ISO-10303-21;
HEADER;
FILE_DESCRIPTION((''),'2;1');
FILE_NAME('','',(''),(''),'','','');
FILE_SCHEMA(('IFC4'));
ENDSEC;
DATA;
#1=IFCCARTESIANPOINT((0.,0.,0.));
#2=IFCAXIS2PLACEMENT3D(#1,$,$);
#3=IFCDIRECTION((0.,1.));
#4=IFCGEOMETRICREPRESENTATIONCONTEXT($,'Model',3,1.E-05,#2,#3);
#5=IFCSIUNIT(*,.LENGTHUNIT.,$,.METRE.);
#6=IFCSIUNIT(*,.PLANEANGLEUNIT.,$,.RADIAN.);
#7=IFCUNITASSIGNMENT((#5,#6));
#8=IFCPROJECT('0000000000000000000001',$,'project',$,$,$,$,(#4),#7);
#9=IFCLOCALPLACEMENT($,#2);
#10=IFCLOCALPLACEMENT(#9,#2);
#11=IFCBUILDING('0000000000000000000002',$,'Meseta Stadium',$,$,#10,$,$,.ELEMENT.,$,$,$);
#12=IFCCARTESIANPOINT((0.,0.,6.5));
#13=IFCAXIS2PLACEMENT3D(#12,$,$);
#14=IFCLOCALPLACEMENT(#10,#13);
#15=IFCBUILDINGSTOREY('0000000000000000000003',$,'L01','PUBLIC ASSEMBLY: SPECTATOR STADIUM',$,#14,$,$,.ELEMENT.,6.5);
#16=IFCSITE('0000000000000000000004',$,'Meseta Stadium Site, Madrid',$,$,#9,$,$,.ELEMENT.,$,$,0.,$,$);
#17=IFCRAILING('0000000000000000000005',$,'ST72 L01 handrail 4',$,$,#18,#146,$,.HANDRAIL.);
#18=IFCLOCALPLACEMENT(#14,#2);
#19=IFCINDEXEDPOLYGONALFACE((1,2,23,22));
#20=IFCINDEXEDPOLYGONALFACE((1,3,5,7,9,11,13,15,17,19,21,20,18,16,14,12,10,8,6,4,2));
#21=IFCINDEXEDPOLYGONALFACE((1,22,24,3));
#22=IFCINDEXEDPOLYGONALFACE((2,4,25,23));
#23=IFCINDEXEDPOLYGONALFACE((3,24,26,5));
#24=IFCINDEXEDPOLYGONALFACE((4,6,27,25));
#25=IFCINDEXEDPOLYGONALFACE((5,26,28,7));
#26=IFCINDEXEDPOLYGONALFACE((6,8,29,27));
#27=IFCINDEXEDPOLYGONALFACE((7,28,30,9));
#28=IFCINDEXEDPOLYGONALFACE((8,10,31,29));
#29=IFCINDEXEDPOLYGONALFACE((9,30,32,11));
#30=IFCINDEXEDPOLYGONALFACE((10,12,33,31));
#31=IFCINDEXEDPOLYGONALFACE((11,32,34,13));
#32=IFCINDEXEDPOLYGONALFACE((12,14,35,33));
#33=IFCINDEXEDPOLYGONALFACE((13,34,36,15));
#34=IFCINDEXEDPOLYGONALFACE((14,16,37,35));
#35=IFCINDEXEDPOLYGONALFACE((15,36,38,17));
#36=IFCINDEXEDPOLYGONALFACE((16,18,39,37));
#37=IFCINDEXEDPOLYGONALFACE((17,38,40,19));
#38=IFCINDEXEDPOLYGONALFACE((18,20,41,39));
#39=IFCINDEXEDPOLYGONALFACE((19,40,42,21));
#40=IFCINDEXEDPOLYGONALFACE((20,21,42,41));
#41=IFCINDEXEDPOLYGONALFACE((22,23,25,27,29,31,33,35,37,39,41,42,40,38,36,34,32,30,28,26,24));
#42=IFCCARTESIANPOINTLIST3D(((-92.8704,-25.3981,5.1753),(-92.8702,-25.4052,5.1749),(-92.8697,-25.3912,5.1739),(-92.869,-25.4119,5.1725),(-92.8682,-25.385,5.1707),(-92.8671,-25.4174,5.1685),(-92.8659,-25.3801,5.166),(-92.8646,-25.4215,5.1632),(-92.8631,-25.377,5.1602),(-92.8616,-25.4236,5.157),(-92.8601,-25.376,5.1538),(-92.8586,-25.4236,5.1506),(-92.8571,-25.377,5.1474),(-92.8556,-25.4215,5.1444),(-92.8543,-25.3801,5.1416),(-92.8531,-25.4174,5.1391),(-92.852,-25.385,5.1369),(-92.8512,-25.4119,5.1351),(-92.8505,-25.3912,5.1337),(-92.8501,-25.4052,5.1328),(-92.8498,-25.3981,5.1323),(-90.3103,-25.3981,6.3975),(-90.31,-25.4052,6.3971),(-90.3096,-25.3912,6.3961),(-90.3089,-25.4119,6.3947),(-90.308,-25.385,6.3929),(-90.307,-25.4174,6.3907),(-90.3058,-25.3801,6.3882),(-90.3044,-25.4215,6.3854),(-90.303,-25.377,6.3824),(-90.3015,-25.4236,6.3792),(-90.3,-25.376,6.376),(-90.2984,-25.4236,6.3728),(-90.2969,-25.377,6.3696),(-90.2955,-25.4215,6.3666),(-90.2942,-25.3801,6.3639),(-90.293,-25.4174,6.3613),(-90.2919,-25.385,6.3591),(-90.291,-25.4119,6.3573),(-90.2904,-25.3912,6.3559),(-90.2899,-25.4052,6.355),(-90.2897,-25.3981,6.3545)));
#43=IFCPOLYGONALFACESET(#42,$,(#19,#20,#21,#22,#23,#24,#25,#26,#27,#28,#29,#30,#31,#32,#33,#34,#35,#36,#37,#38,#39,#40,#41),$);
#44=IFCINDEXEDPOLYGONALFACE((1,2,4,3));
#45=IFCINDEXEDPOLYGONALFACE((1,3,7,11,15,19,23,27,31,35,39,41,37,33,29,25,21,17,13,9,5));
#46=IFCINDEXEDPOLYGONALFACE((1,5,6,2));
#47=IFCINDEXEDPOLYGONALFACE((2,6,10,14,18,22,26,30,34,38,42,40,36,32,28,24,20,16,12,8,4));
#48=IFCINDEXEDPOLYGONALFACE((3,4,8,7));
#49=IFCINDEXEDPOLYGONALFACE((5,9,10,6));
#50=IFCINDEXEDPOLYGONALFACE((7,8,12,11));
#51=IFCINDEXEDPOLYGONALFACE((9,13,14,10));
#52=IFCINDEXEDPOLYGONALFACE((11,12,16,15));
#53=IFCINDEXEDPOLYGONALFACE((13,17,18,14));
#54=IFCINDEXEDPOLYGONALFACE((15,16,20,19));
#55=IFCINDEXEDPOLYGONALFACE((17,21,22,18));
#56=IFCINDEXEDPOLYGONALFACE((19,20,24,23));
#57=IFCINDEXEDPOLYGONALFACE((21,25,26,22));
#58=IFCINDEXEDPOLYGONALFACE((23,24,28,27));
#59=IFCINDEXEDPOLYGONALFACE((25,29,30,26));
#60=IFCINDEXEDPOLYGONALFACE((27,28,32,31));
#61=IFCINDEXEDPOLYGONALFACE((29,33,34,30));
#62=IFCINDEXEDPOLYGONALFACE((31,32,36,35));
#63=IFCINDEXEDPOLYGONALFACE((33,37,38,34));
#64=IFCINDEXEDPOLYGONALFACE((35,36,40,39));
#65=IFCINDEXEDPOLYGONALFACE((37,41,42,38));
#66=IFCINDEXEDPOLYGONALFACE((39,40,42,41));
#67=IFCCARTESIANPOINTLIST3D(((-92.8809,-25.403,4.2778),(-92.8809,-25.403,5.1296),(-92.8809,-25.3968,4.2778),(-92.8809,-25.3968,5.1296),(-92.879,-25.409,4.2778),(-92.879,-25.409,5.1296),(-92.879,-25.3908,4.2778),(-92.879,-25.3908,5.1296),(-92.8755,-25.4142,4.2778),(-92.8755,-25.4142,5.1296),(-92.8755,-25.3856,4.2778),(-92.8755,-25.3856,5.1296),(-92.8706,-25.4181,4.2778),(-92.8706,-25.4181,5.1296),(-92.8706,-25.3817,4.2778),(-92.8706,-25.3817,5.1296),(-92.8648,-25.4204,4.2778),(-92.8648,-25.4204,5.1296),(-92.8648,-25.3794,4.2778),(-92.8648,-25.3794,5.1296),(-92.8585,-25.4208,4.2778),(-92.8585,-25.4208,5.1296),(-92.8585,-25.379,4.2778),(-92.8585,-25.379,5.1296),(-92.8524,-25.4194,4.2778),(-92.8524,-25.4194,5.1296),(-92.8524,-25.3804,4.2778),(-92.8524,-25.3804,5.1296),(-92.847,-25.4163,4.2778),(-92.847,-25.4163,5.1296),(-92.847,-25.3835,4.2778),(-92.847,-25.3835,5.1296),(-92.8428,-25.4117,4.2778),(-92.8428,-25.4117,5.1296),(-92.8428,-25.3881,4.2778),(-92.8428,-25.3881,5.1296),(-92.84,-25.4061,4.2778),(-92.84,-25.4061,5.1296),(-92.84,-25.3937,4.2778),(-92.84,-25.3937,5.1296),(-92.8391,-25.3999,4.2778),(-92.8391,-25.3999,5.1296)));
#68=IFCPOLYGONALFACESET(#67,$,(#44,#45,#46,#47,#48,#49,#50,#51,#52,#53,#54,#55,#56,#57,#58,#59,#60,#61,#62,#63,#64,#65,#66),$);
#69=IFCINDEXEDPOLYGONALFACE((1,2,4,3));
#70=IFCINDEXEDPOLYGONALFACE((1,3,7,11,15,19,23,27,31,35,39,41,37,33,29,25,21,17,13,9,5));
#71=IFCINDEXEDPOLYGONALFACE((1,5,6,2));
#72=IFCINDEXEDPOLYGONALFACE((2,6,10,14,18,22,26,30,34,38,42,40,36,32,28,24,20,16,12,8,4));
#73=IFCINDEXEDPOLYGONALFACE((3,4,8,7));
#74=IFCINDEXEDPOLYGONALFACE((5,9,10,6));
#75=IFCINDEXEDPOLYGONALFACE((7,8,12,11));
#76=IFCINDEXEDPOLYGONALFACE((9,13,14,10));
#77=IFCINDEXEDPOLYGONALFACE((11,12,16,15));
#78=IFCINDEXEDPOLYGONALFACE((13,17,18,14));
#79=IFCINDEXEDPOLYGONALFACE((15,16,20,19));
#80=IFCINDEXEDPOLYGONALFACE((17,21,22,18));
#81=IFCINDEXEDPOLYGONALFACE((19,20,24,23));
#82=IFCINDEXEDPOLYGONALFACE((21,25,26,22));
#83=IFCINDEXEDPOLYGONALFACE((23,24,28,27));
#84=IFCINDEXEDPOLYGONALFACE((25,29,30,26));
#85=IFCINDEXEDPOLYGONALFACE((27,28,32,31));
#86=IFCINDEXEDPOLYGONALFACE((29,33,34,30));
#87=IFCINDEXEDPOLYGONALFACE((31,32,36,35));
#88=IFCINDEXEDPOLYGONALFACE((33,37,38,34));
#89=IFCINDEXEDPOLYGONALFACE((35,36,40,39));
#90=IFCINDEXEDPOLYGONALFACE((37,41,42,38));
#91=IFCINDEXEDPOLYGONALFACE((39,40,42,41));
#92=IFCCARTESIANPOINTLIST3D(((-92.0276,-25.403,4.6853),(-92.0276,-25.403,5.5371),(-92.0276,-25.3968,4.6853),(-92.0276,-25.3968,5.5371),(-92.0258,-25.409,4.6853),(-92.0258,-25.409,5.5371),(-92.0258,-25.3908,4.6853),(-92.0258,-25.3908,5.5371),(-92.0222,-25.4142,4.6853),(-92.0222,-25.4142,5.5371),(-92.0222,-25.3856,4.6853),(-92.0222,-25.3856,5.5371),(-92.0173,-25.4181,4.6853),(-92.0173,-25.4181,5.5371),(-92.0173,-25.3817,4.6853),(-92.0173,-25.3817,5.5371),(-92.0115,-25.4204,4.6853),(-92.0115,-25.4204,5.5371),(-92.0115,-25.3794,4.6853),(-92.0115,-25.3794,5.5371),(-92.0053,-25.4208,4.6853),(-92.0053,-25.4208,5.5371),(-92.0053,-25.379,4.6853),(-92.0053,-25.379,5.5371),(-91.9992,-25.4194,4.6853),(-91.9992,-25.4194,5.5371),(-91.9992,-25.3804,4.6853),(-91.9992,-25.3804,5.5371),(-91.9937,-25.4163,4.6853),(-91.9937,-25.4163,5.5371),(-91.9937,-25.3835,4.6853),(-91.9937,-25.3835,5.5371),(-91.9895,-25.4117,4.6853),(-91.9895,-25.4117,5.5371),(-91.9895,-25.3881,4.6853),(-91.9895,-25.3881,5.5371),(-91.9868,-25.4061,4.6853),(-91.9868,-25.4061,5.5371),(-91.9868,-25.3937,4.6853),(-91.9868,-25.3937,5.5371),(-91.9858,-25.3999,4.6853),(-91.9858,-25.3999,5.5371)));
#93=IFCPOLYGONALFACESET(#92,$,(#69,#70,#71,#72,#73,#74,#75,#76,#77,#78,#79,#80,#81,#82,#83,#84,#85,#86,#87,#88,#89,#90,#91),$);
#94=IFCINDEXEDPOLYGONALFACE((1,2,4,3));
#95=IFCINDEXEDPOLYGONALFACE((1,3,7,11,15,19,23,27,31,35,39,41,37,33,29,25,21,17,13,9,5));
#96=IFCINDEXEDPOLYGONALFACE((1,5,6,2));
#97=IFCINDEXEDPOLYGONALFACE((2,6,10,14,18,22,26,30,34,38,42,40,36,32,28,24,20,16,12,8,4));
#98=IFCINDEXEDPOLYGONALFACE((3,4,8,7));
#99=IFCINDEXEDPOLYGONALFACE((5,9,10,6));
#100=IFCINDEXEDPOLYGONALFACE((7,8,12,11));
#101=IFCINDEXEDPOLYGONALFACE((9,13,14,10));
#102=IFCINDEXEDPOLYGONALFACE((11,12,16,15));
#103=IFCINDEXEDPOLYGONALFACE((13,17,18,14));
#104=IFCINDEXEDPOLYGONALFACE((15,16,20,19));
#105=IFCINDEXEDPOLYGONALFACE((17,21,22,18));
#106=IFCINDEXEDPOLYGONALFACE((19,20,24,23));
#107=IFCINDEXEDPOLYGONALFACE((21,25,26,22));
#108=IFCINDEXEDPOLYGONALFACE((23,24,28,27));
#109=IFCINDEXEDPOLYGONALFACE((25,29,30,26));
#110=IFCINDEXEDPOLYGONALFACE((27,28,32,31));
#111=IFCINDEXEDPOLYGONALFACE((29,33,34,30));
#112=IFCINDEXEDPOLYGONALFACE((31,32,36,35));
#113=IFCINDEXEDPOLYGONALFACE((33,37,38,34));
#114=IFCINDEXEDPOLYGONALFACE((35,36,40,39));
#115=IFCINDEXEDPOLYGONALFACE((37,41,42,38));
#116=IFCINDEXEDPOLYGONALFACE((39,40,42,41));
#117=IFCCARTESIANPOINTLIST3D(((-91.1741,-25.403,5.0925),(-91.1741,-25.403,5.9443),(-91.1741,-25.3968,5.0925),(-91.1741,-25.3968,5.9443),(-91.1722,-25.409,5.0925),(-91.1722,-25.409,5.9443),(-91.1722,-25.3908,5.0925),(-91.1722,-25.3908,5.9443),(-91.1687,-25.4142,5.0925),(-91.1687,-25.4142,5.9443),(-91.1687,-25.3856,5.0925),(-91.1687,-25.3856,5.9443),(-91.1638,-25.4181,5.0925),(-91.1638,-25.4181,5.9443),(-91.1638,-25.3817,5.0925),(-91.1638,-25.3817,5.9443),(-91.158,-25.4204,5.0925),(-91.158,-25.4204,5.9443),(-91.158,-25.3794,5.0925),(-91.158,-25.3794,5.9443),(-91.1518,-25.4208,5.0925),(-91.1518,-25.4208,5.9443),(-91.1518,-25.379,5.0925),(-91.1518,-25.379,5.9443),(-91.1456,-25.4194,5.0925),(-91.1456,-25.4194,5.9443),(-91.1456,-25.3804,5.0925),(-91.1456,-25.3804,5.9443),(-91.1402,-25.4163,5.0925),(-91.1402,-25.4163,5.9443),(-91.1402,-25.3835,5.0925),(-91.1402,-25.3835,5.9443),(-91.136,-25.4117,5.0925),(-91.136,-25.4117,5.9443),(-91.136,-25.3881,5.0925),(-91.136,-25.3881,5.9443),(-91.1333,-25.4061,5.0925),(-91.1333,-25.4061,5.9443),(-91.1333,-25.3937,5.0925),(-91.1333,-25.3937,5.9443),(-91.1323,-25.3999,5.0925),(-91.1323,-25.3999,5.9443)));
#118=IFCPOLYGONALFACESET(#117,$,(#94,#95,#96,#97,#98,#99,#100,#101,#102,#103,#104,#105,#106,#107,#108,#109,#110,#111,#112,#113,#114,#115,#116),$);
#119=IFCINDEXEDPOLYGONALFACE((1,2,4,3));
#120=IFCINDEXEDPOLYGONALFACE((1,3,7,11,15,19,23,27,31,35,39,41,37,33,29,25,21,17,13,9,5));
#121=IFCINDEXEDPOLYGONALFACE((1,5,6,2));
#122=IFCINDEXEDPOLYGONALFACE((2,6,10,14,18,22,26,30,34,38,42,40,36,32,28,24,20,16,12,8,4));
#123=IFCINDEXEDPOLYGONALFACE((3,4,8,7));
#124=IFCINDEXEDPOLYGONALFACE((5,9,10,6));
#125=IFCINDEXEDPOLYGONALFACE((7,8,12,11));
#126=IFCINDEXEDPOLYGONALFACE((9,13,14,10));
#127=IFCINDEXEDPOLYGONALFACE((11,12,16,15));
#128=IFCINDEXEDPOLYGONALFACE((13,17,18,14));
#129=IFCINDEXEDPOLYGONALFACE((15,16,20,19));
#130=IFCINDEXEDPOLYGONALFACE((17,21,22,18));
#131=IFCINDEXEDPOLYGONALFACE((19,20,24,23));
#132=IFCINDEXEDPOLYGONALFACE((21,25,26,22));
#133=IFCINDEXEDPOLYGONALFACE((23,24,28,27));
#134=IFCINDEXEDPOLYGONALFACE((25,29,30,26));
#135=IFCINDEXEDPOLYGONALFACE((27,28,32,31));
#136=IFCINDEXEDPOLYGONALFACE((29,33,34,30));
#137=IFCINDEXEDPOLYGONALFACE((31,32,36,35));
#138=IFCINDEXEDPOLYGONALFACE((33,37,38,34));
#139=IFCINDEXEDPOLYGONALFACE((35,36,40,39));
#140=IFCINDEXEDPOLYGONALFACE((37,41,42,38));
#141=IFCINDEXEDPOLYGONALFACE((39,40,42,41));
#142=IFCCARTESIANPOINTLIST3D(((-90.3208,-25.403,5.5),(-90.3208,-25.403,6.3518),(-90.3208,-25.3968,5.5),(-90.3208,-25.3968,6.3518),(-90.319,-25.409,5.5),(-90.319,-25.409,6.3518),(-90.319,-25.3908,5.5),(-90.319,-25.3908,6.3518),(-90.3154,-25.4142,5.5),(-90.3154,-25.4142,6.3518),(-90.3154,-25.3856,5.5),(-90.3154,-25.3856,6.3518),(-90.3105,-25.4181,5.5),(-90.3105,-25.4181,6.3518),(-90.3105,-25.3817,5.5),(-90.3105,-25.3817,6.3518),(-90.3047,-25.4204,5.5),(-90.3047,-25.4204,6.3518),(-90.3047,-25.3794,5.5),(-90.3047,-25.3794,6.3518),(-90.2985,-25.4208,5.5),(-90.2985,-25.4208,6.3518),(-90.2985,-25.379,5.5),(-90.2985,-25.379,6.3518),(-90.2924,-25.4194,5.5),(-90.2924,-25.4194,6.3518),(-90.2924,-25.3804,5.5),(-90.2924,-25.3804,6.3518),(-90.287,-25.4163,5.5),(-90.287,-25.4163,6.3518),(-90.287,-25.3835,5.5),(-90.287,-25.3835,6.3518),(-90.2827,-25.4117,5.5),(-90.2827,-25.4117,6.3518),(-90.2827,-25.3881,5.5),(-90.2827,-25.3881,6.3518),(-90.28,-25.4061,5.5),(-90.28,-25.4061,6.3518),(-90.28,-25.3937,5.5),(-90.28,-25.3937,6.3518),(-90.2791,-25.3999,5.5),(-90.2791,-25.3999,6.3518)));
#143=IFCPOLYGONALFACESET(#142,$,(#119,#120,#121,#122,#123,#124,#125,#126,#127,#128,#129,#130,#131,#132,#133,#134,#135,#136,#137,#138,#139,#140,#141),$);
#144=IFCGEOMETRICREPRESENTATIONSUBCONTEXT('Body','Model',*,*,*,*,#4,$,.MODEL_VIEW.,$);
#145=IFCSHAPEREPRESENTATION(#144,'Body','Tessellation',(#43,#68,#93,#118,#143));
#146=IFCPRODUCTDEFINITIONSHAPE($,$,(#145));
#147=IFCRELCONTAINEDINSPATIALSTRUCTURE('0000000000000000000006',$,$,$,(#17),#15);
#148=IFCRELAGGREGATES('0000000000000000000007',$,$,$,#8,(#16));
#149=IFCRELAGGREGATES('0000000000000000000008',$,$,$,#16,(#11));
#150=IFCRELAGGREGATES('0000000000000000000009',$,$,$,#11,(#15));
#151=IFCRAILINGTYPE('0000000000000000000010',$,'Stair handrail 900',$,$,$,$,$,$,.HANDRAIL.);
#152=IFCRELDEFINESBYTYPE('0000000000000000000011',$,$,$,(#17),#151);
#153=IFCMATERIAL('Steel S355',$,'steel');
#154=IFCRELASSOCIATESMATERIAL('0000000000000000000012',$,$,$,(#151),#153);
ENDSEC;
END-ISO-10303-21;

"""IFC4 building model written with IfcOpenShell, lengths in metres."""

from ifc_helpers import new_model, si_unit, direction, frame, origin, origin_2d, place, context, subcontext, project, spatial, circle, extrude, material, type_object, element, save


model = new_model("IFC4")

# Units and contexts
model_context = context("Model", 3, precision=1e-05, world=origin(), true_north=direction((0.0, 1.0)))
body_context = subcontext(model_context, "Body", "Model", "MODEL_VIEW")
ifc_project = project(units=[si_unit("LENGTHUNIT", "METRE"), si_unit("PLANEANGLEUNIT", "RADIAN")], contexts=[model_context])

# Site, building, storey
site_placement = place(None, origin())
site = spatial("IfcSite", under=ifc_project, at=site_placement, Name="Meseta Stadium Site, Madrid", CompositionType="ELEMENT", RefElevation=0.0)
building_placement = place(site_placement, origin())
building = spatial("IfcBuilding", under=site, at=building_placement, Name="Meseta Stadium", CompositionType="ELEMENT")
storey_placement = place(building_placement, frame((0.0, 0.0, 6.5)))
storey = spatial("IfcBuildingStorey", under=building, at=storey_placement, Name="L01", Description="PUBLIC ASSEMBLY: SPECTATOR STADIUM", CompositionType="ELEMENT", Elevation=6.5)

# Railing
ifc_material_1 = material(Name="Steel S355", Category="steel")
railing_type = type_object("IfcRailingType", Name="Stair handrail 900", PredefinedType="HANDRAIL", material=ifc_material_1)
for number, where, name in (
    (1, (-92.8601, -25.3999, 4.2778), "ST72 L01 handrail 4"),
):
    element("IfcRailing", number, at=place(storey_placement, frame(where)), inside=storey, type_object=railing_type, Name=name, PredefinedType="HANDRAIL", context=body_context, shape_type="SweptSolid", body=[
        extrude(circle(Radius=0.0239, at=origin_2d()), frame((0.0, 0.0, 0.876), z_axis=(0.902437, 0.0, 0.430822), x_axis=(0.0, 1.0, 0.0)), (0.0, 0.0, 1.0), 2.8369),
        extrude(circle(Radius=0.021, at=origin_2d()), origin(), (0.0, 0.0, 1.0), 0.8518),
        extrude(circle(Radius=0.021, at=origin_2d()), frame((0.8533, 0.0, 0.4075)), (0.0, 0.0, 1.0), 0.8518),
        extrude(circle(Radius=0.021, at=origin_2d()), frame((1.7068, 0.0, 0.8147)), (0.0, 0.0, 1.0), 0.8518),
        extrude(circle(Radius=0.021, at=origin_2d()), frame((2.5601, 0.0, 1.2222)), (0.0, 0.0, 1.0), 0.8518),
    ])

save(model, "model.ifc")
